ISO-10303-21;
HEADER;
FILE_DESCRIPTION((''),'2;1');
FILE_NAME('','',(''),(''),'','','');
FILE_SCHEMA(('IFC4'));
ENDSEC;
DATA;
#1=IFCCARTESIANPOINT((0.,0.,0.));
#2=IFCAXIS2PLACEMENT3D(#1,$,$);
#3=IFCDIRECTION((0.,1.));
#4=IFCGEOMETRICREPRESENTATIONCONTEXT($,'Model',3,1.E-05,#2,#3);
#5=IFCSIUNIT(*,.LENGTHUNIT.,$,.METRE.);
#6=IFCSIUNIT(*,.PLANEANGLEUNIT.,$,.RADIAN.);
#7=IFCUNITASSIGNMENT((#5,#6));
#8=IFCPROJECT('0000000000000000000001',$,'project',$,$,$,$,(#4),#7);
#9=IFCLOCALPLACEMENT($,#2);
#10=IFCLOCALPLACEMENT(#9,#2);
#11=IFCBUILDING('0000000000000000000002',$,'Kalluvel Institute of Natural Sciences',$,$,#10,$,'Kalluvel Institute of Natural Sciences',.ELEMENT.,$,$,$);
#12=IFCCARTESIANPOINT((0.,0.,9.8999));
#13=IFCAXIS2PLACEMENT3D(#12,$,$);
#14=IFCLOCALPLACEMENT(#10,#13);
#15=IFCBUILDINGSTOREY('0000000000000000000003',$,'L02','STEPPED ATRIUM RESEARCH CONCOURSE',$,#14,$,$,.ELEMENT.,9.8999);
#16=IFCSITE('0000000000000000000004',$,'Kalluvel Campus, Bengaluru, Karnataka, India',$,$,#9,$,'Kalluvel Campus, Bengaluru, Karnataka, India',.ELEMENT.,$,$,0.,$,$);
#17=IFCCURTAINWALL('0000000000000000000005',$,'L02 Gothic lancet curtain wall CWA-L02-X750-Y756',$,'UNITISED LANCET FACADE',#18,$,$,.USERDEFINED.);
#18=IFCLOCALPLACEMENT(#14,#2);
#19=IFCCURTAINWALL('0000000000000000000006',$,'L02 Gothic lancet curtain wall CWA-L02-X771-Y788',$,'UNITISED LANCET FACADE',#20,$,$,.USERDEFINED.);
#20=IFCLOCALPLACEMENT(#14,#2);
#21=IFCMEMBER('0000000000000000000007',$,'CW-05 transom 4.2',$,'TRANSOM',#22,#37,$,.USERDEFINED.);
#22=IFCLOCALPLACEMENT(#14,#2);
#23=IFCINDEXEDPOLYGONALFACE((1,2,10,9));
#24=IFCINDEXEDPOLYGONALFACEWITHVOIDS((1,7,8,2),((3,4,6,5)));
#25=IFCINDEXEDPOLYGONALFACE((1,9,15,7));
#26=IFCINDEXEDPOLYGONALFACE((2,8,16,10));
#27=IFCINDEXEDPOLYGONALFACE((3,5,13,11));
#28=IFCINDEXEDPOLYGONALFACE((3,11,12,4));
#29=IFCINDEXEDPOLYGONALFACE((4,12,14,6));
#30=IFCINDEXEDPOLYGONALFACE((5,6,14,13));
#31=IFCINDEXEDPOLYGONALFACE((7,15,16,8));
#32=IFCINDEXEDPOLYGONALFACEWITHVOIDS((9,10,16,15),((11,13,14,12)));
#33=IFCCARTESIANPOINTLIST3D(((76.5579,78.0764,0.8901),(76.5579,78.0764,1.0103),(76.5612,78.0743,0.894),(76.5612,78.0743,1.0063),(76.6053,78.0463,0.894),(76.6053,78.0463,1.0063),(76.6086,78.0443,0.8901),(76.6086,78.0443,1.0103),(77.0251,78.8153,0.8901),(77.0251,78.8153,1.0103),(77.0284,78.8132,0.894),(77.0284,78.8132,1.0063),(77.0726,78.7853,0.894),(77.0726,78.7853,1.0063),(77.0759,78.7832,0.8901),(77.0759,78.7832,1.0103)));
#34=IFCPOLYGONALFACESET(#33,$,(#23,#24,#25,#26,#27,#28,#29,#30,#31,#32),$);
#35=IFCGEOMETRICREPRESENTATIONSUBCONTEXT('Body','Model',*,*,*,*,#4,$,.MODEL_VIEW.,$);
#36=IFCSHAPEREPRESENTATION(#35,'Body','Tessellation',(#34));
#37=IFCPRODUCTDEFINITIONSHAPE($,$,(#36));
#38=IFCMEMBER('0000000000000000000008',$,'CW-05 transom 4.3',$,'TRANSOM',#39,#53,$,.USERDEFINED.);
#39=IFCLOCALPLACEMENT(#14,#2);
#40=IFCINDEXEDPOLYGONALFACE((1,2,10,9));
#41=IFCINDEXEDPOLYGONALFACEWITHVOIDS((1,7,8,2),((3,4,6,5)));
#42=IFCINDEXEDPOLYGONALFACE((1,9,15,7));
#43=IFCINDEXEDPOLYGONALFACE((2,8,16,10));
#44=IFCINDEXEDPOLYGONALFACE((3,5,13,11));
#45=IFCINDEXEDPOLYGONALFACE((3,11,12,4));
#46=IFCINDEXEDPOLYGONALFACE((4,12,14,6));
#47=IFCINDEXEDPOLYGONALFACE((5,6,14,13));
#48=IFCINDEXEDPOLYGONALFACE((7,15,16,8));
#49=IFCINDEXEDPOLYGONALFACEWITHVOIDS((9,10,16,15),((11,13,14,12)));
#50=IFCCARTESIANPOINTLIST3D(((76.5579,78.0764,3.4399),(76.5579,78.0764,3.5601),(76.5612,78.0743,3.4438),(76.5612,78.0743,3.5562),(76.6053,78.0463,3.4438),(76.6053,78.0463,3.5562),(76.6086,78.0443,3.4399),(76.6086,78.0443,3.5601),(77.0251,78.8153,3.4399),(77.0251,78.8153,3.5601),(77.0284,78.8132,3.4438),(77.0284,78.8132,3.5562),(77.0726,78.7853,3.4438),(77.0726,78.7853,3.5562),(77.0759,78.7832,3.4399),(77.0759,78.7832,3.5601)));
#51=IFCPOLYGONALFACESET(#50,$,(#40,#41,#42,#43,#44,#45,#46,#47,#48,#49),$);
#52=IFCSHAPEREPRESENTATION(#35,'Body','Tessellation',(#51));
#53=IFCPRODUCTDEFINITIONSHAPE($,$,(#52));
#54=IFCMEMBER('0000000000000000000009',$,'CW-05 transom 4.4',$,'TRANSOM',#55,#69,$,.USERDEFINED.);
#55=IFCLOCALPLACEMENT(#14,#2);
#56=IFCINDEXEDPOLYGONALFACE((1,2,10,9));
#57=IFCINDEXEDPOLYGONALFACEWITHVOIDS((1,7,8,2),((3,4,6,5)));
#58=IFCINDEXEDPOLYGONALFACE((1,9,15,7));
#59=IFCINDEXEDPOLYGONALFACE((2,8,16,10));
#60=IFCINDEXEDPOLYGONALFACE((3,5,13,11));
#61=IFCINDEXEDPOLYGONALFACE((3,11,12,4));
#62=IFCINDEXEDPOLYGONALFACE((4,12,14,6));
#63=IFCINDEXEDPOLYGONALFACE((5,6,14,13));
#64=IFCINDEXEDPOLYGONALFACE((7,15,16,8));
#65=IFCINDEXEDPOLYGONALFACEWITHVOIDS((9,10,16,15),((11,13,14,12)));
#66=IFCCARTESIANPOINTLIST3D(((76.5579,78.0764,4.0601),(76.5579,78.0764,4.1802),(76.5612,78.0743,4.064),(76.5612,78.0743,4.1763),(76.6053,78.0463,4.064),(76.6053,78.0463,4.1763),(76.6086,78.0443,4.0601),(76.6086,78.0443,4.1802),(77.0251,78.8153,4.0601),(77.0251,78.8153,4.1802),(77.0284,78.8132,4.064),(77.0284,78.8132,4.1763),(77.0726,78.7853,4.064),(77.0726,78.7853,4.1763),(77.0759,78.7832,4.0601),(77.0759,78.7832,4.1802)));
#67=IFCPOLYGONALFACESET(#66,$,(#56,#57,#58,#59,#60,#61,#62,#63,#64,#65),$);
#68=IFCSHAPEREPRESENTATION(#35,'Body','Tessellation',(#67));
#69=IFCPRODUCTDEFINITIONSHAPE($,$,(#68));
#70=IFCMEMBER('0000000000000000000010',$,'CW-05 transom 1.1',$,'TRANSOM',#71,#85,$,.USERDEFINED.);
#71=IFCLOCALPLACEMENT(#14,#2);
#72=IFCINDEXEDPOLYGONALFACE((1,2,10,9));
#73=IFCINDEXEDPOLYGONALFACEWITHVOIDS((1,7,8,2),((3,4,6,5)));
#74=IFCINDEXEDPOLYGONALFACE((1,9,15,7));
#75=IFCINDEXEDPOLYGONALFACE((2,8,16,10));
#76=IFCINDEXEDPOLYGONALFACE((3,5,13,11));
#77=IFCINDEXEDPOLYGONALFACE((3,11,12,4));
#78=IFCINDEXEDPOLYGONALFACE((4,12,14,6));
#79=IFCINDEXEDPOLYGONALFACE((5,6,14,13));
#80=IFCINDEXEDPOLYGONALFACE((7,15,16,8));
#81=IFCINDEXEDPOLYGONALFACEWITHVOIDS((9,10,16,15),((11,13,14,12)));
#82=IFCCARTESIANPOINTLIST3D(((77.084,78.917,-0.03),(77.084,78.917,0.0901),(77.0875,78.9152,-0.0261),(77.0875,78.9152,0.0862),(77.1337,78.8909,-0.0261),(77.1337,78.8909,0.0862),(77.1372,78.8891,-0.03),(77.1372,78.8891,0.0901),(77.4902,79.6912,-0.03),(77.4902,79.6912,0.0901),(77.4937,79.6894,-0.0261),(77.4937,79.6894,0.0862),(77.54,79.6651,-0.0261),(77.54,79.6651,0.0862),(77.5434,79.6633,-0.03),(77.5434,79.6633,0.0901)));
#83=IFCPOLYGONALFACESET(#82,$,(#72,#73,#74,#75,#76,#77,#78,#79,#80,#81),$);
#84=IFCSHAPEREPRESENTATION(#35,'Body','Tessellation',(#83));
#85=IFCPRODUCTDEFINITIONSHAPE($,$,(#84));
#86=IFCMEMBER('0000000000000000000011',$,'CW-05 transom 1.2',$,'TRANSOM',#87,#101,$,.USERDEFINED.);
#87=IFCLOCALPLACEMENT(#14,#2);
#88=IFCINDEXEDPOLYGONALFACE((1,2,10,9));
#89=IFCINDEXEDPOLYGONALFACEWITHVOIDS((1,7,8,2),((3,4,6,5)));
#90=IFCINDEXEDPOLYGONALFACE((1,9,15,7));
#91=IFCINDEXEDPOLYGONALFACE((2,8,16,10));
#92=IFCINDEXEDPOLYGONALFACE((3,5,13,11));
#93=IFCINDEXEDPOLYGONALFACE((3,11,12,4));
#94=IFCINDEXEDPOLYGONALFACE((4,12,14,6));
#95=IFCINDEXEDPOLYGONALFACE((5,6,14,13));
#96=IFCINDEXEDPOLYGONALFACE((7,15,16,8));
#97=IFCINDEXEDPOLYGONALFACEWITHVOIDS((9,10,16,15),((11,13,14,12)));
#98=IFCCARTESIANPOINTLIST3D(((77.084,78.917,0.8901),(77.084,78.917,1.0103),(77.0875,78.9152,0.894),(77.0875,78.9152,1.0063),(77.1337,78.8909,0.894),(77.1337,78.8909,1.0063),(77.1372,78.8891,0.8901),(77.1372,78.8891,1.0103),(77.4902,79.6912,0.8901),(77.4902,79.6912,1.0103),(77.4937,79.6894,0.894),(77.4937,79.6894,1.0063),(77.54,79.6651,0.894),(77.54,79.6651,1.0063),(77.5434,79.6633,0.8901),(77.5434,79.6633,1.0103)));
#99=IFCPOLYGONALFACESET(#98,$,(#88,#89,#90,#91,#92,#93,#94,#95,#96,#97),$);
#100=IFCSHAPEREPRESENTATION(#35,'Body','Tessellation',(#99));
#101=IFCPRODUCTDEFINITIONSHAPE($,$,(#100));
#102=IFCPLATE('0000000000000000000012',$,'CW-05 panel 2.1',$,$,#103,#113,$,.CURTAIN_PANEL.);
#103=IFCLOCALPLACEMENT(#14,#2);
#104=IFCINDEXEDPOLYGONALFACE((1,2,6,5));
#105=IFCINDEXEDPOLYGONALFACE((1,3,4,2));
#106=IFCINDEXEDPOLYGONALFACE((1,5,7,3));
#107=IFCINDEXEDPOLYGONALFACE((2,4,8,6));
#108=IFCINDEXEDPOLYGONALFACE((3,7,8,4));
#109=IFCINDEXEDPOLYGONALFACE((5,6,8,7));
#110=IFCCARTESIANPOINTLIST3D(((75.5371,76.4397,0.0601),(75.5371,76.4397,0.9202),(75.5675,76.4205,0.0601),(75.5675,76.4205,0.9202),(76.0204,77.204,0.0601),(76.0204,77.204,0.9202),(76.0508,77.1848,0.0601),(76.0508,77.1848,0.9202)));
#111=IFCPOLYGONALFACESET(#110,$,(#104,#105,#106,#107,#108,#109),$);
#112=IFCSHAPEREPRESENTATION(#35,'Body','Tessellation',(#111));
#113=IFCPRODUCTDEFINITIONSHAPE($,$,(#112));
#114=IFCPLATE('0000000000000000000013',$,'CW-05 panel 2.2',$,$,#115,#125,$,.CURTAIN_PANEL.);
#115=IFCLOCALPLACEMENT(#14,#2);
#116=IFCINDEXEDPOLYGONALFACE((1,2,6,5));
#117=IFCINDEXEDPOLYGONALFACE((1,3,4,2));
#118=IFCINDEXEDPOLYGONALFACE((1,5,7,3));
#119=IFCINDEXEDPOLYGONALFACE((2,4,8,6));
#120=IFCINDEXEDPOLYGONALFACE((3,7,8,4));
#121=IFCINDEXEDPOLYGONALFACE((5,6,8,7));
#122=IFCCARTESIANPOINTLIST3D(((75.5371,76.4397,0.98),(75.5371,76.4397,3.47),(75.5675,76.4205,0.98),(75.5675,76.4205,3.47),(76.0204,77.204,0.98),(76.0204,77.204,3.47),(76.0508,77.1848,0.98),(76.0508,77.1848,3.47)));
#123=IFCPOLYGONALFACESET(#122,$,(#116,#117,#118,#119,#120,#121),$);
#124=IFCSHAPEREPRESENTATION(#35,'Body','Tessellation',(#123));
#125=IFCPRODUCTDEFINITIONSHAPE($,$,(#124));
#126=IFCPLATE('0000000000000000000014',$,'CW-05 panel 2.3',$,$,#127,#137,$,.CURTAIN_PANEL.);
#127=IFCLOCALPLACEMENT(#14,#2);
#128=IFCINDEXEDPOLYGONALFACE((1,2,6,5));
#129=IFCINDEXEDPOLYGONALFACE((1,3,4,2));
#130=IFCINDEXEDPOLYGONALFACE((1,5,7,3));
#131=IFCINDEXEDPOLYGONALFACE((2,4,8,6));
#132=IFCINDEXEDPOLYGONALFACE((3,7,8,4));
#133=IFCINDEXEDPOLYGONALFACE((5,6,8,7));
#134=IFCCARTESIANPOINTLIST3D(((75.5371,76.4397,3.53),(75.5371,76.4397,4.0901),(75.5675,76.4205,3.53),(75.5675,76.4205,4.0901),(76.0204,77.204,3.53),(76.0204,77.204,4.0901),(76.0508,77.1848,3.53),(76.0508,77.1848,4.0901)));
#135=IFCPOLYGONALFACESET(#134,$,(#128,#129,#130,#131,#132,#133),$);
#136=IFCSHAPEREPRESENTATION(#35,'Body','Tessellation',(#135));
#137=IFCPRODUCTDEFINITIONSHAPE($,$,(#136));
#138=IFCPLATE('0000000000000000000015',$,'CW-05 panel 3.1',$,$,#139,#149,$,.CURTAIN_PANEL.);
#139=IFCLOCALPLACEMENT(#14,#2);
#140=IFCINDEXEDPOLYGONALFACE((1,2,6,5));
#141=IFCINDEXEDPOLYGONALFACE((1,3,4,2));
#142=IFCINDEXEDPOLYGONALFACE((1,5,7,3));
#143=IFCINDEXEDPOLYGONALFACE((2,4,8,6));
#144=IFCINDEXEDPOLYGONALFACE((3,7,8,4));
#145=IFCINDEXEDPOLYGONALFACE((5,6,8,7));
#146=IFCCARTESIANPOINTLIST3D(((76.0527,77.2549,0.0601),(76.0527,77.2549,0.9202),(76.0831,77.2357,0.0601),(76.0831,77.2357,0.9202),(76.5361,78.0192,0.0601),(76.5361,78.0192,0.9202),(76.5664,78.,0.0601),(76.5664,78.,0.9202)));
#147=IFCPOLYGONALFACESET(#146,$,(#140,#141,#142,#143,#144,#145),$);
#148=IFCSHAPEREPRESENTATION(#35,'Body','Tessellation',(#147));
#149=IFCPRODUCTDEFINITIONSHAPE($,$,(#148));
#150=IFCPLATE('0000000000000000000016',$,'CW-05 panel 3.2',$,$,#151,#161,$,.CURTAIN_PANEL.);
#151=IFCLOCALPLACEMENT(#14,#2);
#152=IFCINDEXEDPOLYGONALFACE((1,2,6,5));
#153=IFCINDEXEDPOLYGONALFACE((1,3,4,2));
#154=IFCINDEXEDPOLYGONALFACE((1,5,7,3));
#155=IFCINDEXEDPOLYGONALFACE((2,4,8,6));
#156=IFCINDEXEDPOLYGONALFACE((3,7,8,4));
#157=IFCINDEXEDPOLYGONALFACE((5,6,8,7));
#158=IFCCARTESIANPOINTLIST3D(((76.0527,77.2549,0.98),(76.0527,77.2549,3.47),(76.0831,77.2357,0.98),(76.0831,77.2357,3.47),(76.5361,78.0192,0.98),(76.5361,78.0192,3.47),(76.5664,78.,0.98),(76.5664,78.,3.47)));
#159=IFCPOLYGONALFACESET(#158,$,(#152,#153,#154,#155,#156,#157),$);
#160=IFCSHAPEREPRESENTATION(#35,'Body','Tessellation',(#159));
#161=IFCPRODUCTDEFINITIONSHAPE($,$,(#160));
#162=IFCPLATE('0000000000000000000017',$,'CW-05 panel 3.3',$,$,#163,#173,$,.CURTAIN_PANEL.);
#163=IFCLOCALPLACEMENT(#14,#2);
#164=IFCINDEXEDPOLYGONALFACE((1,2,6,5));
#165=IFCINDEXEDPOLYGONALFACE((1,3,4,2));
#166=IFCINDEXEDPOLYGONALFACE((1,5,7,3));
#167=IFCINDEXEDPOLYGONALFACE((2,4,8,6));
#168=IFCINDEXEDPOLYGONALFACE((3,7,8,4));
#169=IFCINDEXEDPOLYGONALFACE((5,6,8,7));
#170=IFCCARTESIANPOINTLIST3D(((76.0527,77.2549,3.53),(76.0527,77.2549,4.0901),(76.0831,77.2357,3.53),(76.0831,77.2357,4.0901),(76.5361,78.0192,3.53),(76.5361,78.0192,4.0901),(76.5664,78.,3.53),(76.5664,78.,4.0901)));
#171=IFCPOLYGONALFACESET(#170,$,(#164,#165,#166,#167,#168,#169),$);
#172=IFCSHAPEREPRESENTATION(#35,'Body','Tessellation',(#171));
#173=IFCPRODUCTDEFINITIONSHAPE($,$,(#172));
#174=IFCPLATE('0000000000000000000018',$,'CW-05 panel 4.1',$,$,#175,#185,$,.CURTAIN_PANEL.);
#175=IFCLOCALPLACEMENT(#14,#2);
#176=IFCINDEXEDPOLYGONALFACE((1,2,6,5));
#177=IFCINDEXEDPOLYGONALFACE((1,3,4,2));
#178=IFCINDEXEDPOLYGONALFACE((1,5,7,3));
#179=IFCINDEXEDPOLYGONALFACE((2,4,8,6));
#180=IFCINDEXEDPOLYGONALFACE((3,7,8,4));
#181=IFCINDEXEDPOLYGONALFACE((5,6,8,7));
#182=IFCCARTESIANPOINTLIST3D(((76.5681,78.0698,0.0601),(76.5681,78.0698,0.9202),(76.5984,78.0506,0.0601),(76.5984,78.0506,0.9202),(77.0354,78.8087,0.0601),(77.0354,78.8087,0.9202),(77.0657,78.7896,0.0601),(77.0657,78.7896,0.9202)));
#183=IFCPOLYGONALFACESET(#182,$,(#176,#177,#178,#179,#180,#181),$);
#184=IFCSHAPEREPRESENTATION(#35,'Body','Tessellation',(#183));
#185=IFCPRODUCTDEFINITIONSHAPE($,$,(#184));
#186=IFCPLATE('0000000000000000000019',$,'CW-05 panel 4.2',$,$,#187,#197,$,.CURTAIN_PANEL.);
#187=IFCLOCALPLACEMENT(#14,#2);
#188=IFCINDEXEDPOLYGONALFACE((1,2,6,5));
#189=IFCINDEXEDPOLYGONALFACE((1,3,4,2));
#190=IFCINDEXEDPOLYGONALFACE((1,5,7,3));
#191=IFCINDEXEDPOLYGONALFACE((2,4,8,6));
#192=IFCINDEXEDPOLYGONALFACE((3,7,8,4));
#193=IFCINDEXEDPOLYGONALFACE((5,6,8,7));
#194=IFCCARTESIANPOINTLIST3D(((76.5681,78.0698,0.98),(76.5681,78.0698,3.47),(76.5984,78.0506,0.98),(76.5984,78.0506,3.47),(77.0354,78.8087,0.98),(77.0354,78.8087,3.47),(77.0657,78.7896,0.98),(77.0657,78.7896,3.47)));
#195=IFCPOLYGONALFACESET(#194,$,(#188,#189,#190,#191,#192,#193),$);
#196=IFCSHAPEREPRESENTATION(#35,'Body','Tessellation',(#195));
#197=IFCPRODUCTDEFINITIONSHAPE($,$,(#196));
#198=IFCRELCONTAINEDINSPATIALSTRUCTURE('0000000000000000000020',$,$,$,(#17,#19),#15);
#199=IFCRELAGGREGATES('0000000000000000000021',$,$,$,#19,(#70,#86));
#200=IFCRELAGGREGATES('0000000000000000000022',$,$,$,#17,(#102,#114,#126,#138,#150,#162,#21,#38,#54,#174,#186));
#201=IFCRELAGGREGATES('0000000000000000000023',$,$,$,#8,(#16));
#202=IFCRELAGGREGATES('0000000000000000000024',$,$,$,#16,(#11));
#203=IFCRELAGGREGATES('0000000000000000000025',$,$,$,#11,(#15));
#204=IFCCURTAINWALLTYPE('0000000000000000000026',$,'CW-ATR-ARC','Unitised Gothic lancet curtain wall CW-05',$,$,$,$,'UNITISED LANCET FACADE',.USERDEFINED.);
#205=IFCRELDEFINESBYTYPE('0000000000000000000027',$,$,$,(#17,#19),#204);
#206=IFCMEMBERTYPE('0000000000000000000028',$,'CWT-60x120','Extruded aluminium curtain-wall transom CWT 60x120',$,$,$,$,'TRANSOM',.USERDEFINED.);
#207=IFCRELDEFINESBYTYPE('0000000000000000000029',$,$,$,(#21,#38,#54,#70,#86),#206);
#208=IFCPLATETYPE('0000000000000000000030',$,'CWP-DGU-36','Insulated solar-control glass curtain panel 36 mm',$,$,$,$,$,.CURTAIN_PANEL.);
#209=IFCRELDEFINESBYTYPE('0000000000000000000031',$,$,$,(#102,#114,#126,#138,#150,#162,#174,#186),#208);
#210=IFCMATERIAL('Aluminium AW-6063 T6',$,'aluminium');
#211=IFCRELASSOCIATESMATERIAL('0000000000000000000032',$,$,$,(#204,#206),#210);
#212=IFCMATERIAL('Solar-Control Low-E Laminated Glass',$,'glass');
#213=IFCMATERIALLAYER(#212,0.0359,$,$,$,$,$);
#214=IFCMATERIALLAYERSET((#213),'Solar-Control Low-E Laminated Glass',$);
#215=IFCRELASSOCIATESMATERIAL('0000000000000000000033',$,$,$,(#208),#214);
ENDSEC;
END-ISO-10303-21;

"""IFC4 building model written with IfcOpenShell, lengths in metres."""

from ifc_helpers import new_model, si_unit, direction, frame, origin, origin_2d, place, context, subcontext, project, spatial, rectangle, hollow_rectangle, extrude, material, layer, layer_set, material_profile, profile_set, type_object, element, aggregate, save


model = new_model("IFC4")

# Units and contexts
model_context = context("Model", 3, precision=1e-05, world=origin(), true_north=direction((0.0, 1.0)))
body_context = subcontext(model_context, "Body", "Model", "MODEL_VIEW")
ifc_project = project(units=[si_unit("LENGTHUNIT", "METRE"), si_unit("PLANEANGLEUNIT", "RADIAN")], contexts=[model_context])

# Site, building, storey
site_placement = place(None, origin())
site = spatial("IfcSite", under=ifc_project, at=site_placement, Name="Kalluvel Campus, Bengaluru, Karnataka, India", LongName="Kalluvel Campus, Bengaluru, Karnataka, India", CompositionType="ELEMENT", RefElevation=0.0)
building_placement = place(site_placement, origin())
building = spatial("IfcBuilding", under=site, at=building_placement, Name="Kalluvel Institute of Natural Sciences", LongName="Kalluvel Institute of Natural Sciences", CompositionType="ELEMENT")
storey_placement = place(building_placement, frame((0.0, 0.0, 9.8999)))
storey = spatial("IfcBuildingStorey", under=building, at=storey_placement, Name="L02", Description="STEPPED ATRIUM RESEARCH CONCOURSE", CompositionType="ELEMENT", Elevation=9.8999)

# Curtain wall
ifc_material_1 = material(Name="Aluminium AW-6063 T6", Category="aluminium")
curtain_wall_type = type_object("IfcCurtainWallType", Name="CW-ATR-ARC", Description="Unitised Gothic lancet curtain wall CW-05", ElementType="UNITISED LANCET FACADE", PredefinedType="USERDEFINED", material=ifc_material_1)
curtain_wall_1_placement = place(storey_placement, origin())
curtain_wall_1 = element("IfcCurtainWall", 1, at=curtain_wall_1_placement, inside=storey, type_object=curtain_wall_type, Name="L02 Gothic lancet curtain wall CWA-L02-X750-Y756", ObjectType="UNITISED LANCET FACADE", PredefinedType="USERDEFINED")

# Curtain wall
curtain_wall_2_placement = place(storey_placement, origin())
curtain_wall_2 = element("IfcCurtainWall", 2, at=curtain_wall_2_placement, inside=storey, type_object=curtain_wall_type, Name="L02 Gothic lancet curtain wall CWA-L02-X771-Y788", ObjectType="UNITISED LANCET FACADE", PredefinedType="USERDEFINED")

# Members
ifc_material_profile_1 = material_profile(ifc_material_1, hollow_rectangle(XDim=0.0601, YDim=0.1201, WallThickness=0.0039, at=origin_2d()), Name="CWT 60x120")
ifc_profile_set_1 = profile_set([ifc_material_profile_1], Name="Aluminium AW-6063 T6")
member_type_1 = type_object("IfcMemberType", Name="CWT-60x120", Description="Extruded aluminium curtain-wall transom CWT 60x120", ElementType="TRANSOM", PredefinedType="USERDEFINED", material=ifc_profile_set_1)
member_1_placement = place(storey_placement, frame((76.5833, 78.0603, 0.9502), z_axis=(0.534434, 0.84521, 0.0), x_axis=(-0.84521, 0.534434, 0.0)))
member_1 = element("IfcMember", 3, at=member_1_placement, type_object=member_type_1, Name="CW-05 transom 4.2", ObjectType="TRANSOM", PredefinedType="USERDEFINED", context=body_context, shape_type="SweptSolid", body=[
    extrude(hollow_rectangle(XDim=0.0601, YDim=0.1201, WallThickness=0.0039, at=origin_2d()), origin(), (0.0, 0.0, 1.0), 0.8743),
])
member_2_placement = place(storey_placement, frame((76.5833, 78.0603, 3.5), z_axis=(0.534434, 0.84521, 0.0), x_axis=(-0.84521, 0.534434, 0.0)))
member_2 = element("IfcMember", 4, at=member_2_placement, type_object=member_type_1, Name="CW-05 transom 4.3", ObjectType="TRANSOM", PredefinedType="USERDEFINED", context=body_context, shape_type="SweptSolid", body=[
    extrude(hollow_rectangle(XDim=0.0601, YDim=0.1201, WallThickness=0.0039, at=origin_2d()), origin(), (0.0, 0.0, 1.0), 0.8743),
])
member_3_placement = place(storey_placement, frame((76.5833, 78.0603, 4.1201), z_axis=(0.534434, 0.84521, 0.0), x_axis=(-0.84521, 0.534434, 0.0)))
member_3 = element("IfcMember", 5, at=member_3_placement, type_object=member_type_1, Name="CW-05 transom 4.4", ObjectType="TRANSOM", PredefinedType="USERDEFINED", context=body_context, shape_type="SweptSolid", body=[
    extrude(hollow_rectangle(XDim=0.0601, YDim=0.1201, WallThickness=0.0039, at=origin_2d()), origin(), (0.0, 0.0, 1.0), 0.8743),
])
member_4_placement = place(storey_placement, frame((77.1106, 78.9031, 0.03), z_axis=(0.464664, 0.885487, 0.0), x_axis=(-0.885487, 0.464664, 0.0)))
member_4 = element("IfcMember", 6, at=member_4_placement, type_object=member_type_1, Name="CW-05 transom 1.1", ObjectType="TRANSOM", PredefinedType="USERDEFINED", context=body_context, shape_type="SweptSolid", body=[
    extrude(hollow_rectangle(XDim=0.0601, YDim=0.1201, WallThickness=0.0039, at=origin_2d()), origin(), (0.0, 0.0, 1.0), 0.8743),
])
member_5_placement = place(storey_placement, frame((77.1106, 78.9031, 0.9502), z_axis=(0.464664, 0.885487, 0.0), x_axis=(-0.885487, 0.464664, 0.0)))
member_5 = element("IfcMember", 7, at=member_5_placement, type_object=member_type_1, Name="CW-05 transom 1.2", ObjectType="TRANSOM", PredefinedType="USERDEFINED", context=body_context, shape_type="SweptSolid", body=[
    extrude(hollow_rectangle(XDim=0.0601, YDim=0.1201, WallThickness=0.0039, at=origin_2d()), origin(), (0.0, 0.0, 1.0), 0.8743),
])
aggregate(curtain_wall_2, [member_4, member_5])

# Plates
ifc_material_2 = material(Name="Solar-Control Low-E Laminated Glass", Category="glass")
ifc_layer_1 = layer(ifc_material_2, 0.0359)
ifc_layer_set_1 = layer_set([ifc_layer_1], Name="Solar-Control Low-E Laminated Glass")
plate_type = type_object("IfcPlateType", Name="CWP-DGU-36", Description="Insulated solar-control glass curtain panel 36 mm", PredefinedType="CURTAIN_PANEL", material=ifc_layer_set_1)
plate_1_placement = place(storey_placement, frame((75.7939, 76.8123, 0.0601), z_axis=(0.0, 0.0, 1.0), x_axis=(0.534468, 0.845189, 0.0)))
plate_1 = element("IfcPlate", 8, at=plate_1_placement, type_object=plate_type, Name="CW-05 panel 2.1", PredefinedType="CURTAIN_PANEL", context=body_context, shape_type="SweptSolid", body=[
    extrude(rectangle(XDim=0.9043, YDim=0.0359, at=origin_2d()), origin(), (0.0, 0.0, 1.0), 0.8601),
])
plate_2_placement = place(storey_placement, frame((75.7939, 76.8123, 0.98), z_axis=(0.0, 0.0, 1.0), x_axis=(0.534468, 0.845189, 0.0)))
plate_2 = element("IfcPlate", 9, at=plate_2_placement, type_object=plate_type, Name="CW-05 panel 2.2", PredefinedType="CURTAIN_PANEL", context=body_context, shape_type="SweptSolid", body=[
    extrude(rectangle(XDim=0.9043, YDim=0.0359, at=origin_2d()), origin(), (0.0, 0.0, 1.0), 2.49),
])
plate_3_placement = place(storey_placement, frame((75.7939, 76.8123, 3.53), z_axis=(0.0, 0.0, 1.0), x_axis=(0.534468, 0.845189, 0.0)))
plate_3 = element("IfcPlate", 10, at=plate_3_placement, type_object=plate_type, Name="CW-05 panel 2.3", PredefinedType="CURTAIN_PANEL", context=body_context, shape_type="SweptSolid", body=[
    extrude(rectangle(XDim=0.9043, YDim=0.0359, at=origin_2d()), origin(), (0.0, 0.0, 1.0), 0.5601),
])
plate_4_placement = place(storey_placement, frame((76.3096, 77.6274, 0.0601), z_axis=(0.0, 0.0, 1.0), x_axis=(0.534468, 0.845189, 0.0)))
plate_4 = element("IfcPlate", 11, at=plate_4_placement, type_object=plate_type, Name="CW-05 panel 3.1", PredefinedType="CURTAIN_PANEL", context=body_context, shape_type="SweptSolid", body=[
    extrude(rectangle(XDim=0.9043, YDim=0.0359, at=origin_2d()), origin(), (0.0, 0.0, 1.0), 0.8601),
])
plate_5_placement = place(storey_placement, frame((76.3096, 77.6274, 0.98), z_axis=(0.0, 0.0, 1.0), x_axis=(0.534468, 0.845189, 0.0)))
plate_5 = element("IfcPlate", 12, at=plate_5_placement, type_object=plate_type, Name="CW-05 panel 3.2", PredefinedType="CURTAIN_PANEL", context=body_context, shape_type="SweptSolid", body=[
    extrude(rectangle(XDim=0.9043, YDim=0.0359, at=origin_2d()), origin(), (0.0, 0.0, 1.0), 2.49),
])
plate_6_placement = place(storey_placement, frame((76.3096, 77.6274, 3.53), z_axis=(0.0, 0.0, 1.0), x_axis=(0.534468, 0.845189, 0.0)))
plate_6 = element("IfcPlate", 13, at=plate_6_placement, type_object=plate_type, Name="CW-05 panel 3.3", PredefinedType="CURTAIN_PANEL", context=body_context, shape_type="SweptSolid", body=[
    extrude(rectangle(XDim=0.9043, YDim=0.0359, at=origin_2d()), origin(), (0.0, 0.0, 1.0), 0.5601),
])
plate_7_placement = place(storey_placement, frame((76.8169, 78.4297, 0.0601), z_axis=(0.0, 0.0, 1.0), x_axis=(0.534468, 0.845189, 0.0)))
plate_7 = element("IfcPlate", 14, at=plate_7_placement, type_object=plate_type, Name="CW-05 panel 4.1", PredefinedType="CURTAIN_PANEL", context=body_context, shape_type="SweptSolid", body=[
    extrude(rectangle(XDim=0.8743, YDim=0.0359, at=origin_2d()), origin(), (0.0, 0.0, 1.0), 0.8601),
])
plate_8_placement = place(storey_placement, frame((76.8169, 78.4297, 0.98), z_axis=(0.0, 0.0, 1.0), x_axis=(0.534468, 0.845189, 0.0)))
plate_8 = element("IfcPlate", 15, at=plate_8_placement, type_object=plate_type, Name="CW-05 panel 4.2", PredefinedType="CURTAIN_PANEL", context=body_context, shape_type="SweptSolid", body=[
    extrude(rectangle(XDim=0.8743, YDim=0.0359, at=origin_2d()), origin(), (0.0, 0.0, 1.0), 2.49),
])
aggregate(curtain_wall_1, [plate_1, plate_2, plate_3, plate_4, plate_5, plate_6, member_1, member_2, member_3, plate_7, plate_8])

save(model, "model.ifc")
